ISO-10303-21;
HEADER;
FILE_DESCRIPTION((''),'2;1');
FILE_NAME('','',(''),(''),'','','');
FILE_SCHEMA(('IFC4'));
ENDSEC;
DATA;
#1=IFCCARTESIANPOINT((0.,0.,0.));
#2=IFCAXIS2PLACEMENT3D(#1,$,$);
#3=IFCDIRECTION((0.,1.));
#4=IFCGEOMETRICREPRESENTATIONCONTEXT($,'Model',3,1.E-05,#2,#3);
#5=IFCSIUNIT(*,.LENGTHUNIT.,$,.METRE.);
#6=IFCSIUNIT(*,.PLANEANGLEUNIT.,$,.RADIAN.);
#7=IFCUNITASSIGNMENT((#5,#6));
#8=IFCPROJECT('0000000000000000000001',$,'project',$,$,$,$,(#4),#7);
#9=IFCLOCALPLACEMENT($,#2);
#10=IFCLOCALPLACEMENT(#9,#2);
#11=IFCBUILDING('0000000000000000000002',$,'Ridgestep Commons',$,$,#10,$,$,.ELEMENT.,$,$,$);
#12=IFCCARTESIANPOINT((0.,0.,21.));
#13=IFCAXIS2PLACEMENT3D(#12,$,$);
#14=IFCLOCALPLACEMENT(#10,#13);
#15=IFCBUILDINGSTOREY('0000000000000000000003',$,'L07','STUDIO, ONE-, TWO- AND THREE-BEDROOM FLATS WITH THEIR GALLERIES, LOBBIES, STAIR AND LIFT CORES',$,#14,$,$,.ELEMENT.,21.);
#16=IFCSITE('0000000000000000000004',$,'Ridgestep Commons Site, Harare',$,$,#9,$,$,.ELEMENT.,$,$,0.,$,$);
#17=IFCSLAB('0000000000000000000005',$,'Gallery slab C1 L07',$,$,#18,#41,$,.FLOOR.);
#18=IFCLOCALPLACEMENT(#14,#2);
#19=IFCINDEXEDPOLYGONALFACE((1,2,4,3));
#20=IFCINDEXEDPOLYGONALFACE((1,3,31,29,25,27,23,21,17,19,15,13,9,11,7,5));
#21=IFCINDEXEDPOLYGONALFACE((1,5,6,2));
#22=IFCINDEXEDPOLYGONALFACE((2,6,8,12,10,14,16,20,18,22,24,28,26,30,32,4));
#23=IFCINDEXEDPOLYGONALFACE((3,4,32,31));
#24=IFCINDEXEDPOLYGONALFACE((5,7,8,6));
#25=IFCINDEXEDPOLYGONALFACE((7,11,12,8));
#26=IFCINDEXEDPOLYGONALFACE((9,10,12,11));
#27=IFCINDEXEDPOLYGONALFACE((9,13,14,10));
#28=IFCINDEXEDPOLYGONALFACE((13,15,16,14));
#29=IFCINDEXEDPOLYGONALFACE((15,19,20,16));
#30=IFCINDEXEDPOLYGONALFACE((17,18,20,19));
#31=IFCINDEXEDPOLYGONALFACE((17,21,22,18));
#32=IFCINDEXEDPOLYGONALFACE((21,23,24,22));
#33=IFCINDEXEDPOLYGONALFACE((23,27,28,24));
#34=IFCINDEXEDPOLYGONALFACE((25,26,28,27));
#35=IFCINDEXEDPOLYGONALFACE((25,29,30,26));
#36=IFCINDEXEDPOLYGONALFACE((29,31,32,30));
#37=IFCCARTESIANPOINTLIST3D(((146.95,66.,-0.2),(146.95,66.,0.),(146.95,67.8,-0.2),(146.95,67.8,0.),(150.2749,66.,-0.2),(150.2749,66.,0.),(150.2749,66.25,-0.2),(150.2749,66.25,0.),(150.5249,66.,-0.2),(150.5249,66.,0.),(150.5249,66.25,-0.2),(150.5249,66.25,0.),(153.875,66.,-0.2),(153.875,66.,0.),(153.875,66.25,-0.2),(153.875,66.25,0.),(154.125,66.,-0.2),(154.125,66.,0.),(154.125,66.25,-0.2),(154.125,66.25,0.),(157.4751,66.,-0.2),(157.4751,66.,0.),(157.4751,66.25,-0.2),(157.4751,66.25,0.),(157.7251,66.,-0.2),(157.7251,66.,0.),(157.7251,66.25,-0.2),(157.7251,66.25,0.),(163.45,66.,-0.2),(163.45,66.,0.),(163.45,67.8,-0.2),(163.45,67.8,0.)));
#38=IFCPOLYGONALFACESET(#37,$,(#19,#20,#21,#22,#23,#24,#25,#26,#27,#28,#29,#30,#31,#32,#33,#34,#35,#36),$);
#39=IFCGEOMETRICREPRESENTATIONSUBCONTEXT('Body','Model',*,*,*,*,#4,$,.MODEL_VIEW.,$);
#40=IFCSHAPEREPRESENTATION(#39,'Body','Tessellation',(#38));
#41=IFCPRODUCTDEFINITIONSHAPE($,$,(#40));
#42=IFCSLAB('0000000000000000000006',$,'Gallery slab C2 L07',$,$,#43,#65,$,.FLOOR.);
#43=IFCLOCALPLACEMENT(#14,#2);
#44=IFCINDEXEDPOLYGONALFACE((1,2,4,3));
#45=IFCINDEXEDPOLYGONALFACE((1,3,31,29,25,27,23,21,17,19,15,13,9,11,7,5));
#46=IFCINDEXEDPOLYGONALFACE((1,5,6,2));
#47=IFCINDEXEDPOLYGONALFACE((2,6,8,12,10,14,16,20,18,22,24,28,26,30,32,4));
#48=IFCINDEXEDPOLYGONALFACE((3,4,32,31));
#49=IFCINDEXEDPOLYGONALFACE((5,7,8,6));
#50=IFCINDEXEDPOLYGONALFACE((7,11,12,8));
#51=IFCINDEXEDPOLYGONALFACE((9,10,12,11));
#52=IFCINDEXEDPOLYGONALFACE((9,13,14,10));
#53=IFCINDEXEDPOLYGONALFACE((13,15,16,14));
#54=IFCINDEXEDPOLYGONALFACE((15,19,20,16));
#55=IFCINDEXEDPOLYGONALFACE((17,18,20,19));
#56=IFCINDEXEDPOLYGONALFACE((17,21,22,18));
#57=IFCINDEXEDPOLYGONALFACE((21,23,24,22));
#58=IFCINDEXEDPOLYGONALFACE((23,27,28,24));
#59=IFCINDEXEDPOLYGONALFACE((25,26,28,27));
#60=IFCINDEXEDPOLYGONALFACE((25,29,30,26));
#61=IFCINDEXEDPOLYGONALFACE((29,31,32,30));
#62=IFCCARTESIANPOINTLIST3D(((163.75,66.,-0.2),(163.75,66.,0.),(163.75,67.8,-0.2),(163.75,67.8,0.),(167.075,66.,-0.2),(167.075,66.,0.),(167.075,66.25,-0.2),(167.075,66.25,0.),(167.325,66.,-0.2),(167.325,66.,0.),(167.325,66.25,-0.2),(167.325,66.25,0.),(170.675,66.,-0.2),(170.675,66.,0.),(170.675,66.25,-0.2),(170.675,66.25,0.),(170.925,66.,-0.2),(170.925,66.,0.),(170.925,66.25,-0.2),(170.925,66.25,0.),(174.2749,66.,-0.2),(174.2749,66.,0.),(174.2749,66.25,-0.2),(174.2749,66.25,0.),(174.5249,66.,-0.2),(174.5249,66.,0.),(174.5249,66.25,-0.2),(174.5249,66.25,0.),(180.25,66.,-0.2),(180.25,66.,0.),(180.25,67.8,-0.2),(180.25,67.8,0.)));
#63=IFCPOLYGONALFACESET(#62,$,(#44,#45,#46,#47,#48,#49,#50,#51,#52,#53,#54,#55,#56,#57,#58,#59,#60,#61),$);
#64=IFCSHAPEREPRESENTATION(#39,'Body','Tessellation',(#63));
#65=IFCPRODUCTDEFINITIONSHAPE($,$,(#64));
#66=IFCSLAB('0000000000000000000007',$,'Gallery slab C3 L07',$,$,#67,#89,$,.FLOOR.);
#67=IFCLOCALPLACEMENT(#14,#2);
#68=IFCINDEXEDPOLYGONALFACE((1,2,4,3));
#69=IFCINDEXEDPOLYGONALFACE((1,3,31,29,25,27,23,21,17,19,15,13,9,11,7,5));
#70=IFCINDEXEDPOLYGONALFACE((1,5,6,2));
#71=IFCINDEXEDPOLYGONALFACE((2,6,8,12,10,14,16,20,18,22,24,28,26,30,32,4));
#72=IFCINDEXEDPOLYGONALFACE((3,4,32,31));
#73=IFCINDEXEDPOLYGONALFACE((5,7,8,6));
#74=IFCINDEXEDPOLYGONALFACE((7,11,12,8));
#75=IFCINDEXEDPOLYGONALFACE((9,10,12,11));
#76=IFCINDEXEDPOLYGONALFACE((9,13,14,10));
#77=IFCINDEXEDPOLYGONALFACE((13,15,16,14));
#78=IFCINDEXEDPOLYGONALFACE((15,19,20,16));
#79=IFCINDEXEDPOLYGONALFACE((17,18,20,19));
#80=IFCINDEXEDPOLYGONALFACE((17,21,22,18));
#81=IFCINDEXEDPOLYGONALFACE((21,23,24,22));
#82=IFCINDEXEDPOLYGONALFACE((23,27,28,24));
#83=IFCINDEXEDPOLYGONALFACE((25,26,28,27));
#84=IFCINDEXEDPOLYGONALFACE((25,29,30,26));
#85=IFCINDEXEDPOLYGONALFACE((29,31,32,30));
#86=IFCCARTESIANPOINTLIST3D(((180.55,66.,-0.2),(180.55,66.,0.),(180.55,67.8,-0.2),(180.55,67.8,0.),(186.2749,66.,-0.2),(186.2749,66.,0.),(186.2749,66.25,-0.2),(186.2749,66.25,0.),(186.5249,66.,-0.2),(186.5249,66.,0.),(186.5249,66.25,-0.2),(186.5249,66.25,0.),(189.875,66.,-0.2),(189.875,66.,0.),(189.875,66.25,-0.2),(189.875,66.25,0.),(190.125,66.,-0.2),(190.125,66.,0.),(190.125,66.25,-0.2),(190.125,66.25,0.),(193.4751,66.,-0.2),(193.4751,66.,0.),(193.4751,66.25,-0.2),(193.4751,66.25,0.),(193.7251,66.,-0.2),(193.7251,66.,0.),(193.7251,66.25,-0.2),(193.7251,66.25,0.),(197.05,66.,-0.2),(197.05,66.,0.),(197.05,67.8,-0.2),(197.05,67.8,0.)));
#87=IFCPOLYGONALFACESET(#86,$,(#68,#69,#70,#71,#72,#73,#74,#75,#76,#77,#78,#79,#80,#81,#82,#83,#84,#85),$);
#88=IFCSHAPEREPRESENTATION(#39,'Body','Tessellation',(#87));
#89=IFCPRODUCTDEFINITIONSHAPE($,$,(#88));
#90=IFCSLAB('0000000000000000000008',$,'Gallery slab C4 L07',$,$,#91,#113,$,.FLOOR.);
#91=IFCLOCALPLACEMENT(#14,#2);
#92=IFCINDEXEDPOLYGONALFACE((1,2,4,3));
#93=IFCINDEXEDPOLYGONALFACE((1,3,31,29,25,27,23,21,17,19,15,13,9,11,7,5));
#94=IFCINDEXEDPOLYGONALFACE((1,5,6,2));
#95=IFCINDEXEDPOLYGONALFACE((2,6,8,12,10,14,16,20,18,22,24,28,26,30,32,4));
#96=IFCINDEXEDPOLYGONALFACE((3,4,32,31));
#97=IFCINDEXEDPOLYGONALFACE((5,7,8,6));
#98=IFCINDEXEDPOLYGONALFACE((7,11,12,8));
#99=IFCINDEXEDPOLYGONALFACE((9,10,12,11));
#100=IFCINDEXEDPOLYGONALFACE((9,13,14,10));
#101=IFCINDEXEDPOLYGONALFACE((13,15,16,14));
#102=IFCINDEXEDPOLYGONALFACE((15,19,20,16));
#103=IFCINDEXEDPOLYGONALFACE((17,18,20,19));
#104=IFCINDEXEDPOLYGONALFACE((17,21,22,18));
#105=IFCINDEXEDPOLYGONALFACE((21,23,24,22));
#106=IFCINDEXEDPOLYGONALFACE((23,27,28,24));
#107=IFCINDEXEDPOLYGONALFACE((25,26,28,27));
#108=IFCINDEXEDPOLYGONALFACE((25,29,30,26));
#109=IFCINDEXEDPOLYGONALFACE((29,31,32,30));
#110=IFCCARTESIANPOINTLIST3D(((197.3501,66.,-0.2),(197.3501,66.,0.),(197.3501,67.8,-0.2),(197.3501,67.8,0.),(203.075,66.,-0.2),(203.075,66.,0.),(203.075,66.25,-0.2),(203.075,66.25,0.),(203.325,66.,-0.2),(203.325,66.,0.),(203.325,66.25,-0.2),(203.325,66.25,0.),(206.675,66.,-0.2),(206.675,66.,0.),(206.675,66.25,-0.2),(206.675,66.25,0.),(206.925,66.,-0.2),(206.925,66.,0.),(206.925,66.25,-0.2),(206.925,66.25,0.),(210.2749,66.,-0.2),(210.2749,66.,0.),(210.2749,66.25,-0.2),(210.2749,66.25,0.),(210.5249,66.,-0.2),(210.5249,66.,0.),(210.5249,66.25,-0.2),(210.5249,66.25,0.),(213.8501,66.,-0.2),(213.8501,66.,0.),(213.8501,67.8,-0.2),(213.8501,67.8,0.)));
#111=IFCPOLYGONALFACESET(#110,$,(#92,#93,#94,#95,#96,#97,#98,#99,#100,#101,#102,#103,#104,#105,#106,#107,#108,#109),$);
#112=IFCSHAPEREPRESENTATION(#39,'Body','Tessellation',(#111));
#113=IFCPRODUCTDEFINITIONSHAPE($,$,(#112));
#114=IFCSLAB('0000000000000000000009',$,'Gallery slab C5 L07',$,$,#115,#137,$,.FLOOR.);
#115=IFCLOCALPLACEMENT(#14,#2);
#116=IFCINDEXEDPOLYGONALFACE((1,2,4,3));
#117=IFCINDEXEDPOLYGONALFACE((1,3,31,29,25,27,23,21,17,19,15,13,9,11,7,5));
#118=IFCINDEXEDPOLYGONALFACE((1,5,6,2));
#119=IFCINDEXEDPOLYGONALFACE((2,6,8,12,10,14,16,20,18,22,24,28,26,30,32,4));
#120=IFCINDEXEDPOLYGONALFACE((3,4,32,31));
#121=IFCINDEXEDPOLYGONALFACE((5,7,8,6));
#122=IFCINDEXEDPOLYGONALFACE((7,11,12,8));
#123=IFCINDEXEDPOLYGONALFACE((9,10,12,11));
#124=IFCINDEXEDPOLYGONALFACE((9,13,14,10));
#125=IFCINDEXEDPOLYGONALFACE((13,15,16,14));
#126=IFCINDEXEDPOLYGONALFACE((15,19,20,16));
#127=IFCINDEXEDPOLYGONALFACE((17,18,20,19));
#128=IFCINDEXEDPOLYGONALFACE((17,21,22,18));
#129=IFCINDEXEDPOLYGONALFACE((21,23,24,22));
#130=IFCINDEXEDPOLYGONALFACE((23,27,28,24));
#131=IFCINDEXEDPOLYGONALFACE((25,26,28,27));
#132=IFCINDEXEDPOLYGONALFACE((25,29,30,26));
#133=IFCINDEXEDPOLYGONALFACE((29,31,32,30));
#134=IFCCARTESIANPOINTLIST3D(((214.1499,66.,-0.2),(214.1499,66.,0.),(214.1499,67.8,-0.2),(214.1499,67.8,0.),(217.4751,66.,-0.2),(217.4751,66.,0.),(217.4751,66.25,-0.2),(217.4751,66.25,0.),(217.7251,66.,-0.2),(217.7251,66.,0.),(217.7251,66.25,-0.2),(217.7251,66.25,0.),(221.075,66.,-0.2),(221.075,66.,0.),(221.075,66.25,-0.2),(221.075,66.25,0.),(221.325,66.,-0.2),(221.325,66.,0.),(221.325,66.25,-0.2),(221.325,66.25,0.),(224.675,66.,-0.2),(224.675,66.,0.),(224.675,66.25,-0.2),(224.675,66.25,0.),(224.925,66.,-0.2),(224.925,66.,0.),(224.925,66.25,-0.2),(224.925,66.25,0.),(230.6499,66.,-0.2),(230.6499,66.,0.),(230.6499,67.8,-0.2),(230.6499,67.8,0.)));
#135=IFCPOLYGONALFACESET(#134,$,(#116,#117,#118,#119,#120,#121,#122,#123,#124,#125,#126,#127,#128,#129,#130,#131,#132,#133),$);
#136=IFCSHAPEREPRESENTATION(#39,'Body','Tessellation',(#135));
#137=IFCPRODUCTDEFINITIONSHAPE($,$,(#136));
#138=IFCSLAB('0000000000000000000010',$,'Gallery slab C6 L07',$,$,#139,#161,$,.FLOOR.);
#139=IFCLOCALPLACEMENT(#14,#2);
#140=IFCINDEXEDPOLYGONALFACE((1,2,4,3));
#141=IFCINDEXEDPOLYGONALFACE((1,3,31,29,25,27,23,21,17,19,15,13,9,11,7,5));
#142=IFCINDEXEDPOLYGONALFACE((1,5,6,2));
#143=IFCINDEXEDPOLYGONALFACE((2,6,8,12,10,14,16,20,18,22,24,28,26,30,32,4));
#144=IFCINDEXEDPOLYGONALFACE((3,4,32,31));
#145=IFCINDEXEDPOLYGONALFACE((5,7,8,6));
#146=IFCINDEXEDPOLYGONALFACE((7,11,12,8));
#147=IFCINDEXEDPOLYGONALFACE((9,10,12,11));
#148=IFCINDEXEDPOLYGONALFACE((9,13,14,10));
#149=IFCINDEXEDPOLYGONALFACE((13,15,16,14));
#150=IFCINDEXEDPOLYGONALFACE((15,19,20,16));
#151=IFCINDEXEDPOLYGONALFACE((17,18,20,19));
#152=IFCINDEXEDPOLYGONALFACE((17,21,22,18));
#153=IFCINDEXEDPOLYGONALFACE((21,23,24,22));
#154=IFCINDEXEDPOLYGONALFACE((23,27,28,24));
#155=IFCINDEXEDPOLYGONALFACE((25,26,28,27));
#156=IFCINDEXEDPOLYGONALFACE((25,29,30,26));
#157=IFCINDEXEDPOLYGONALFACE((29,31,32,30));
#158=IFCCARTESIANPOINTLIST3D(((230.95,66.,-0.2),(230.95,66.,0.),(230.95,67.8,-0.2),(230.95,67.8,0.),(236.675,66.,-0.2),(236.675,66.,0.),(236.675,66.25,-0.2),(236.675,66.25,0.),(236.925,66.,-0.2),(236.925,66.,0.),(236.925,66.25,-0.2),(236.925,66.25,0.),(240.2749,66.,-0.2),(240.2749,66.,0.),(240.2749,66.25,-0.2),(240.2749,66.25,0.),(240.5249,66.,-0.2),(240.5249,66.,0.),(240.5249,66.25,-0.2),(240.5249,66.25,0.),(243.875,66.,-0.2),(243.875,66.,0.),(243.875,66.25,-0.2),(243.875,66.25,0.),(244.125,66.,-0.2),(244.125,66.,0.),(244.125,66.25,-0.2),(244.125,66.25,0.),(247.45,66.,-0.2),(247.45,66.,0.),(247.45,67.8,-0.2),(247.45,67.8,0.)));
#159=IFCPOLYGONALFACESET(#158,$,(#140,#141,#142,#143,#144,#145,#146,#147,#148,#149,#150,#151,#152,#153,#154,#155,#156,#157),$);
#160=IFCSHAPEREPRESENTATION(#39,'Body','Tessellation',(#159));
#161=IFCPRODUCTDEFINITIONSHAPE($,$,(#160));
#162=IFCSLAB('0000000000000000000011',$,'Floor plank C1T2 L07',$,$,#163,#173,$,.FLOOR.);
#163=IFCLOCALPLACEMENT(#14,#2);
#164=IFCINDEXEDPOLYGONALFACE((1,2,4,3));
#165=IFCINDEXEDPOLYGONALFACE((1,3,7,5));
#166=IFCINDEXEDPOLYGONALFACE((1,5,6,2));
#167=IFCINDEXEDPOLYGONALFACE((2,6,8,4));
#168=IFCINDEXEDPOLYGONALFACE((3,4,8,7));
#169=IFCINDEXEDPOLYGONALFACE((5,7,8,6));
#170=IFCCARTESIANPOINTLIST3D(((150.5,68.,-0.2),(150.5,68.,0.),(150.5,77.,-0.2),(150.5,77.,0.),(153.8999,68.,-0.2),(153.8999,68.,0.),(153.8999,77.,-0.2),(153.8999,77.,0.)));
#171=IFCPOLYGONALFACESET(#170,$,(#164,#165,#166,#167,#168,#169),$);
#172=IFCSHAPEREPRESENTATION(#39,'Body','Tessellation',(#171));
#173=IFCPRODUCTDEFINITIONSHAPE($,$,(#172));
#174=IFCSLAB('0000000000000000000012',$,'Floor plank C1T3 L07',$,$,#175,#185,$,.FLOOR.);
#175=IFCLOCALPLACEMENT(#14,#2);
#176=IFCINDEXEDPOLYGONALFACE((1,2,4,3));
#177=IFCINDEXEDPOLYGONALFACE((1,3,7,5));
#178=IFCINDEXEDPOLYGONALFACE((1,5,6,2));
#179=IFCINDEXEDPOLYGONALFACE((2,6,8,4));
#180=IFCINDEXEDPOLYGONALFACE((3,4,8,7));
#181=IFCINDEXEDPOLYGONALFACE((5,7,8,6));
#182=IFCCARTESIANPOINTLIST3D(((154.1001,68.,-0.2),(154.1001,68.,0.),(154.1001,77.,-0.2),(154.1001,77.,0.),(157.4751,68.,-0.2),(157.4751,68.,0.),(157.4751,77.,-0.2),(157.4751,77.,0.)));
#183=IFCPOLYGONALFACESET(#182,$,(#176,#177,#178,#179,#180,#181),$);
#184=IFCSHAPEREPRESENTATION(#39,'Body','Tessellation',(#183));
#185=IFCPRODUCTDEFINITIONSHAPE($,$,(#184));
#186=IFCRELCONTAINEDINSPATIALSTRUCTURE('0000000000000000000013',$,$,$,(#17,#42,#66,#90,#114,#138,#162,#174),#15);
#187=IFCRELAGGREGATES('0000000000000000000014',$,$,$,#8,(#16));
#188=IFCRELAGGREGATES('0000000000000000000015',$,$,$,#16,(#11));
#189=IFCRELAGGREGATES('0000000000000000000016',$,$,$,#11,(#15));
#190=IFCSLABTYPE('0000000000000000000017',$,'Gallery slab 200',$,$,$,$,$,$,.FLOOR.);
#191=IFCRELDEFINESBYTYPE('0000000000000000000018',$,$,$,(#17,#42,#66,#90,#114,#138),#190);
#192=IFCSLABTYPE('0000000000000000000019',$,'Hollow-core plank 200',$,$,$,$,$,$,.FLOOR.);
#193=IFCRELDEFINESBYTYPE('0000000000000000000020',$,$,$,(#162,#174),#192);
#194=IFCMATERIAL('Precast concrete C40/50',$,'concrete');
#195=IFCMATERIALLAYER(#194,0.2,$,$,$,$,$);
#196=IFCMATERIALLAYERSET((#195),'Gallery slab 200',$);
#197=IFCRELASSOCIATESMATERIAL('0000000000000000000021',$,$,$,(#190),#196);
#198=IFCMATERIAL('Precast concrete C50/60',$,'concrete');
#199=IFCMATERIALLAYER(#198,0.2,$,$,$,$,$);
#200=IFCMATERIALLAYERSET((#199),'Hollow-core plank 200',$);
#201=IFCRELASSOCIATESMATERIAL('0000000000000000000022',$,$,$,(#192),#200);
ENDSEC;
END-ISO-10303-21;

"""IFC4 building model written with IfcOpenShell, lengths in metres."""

from ifc_helpers import new_model, si_unit, direction, frame, origin, place, context, subcontext, project, spatial, polyline, outline, extrude, material, layer, layer_set, type_object, element, save


model = new_model("IFC4")

# Units and contexts
model_context = context("Model", 3, precision=1e-05, world=origin(), true_north=direction((0.0, 1.0)))
body_context = subcontext(model_context, "Body", "Model", "MODEL_VIEW")
ifc_project = project(units=[si_unit("LENGTHUNIT", "METRE"), si_unit("PLANEANGLEUNIT", "RADIAN")], contexts=[model_context])

# Site, building, storey
site_placement = place(None, origin())
site = spatial("IfcSite", under=ifc_project, at=site_placement, Name="Ridgestep Commons Site, Harare", CompositionType="ELEMENT", RefElevation=0.0)
building_placement = place(site_placement, origin())
building = spatial("IfcBuilding", under=site, at=building_placement, Name="Ridgestep Commons", CompositionType="ELEMENT")
storey_placement = place(building_placement, frame((0.0, 0.0, 21.0)))
storey = spatial("IfcBuildingStorey", under=building, at=storey_placement, Name="L07", Description="STUDIO, ONE-, TWO- AND THREE-BEDROOM FLATS WITH THEIR GALLERIES, LOBBIES, STAIR AND LIFT CORES", CompositionType="ELEMENT", Elevation=21.0)

# Slabs
ifc_material_1 = material(Name="Precast concrete C40/50", Category="concrete")
ifc_layer_1 = layer(ifc_material_1, 0.2)
ifc_layer_set_1 = layer_set([ifc_layer_1], Name="Gallery slab 200")
slab_type_1 = type_object("IfcSlabType", Name="Gallery slab 200", PredefinedType="FLOOR", material=ifc_layer_set_1)
slab_1_placement = place(storey_placement, frame((0.0, 0.0, -0.2)))
element("IfcSlab", 1, at=slab_1_placement, inside=storey, type_object=slab_type_1, Name="Gallery slab C1 L07", PredefinedType="FLOOR", context=body_context, shape_type="SweptSolid", body=[
    extrude(outline(polyline([(163.45, 67.8), (146.95, 67.8), (146.95, 66.0), (150.2749, 66.0), (150.2749, 66.25), (150.5249, 66.25), (150.5249, 66.0), (153.875, 66.0), (153.875, 66.25), (154.125, 66.25), (154.125, 66.0), (157.4751, 66.0), (157.4751, 66.25), (157.7251, 66.25), (157.7251, 66.0), (163.45, 66.0), (163.45, 67.8)])), origin(), (0.0, 0.0, 1.0), 0.2),
])
slab_2_placement = place(storey_placement, frame((0.0, 0.0, -0.2)))
element("IfcSlab", 2, at=slab_2_placement, inside=storey, type_object=slab_type_1, Name="Gallery slab C2 L07", PredefinedType="FLOOR", context=body_context, shape_type="SweptSolid", body=[
    extrude(outline(polyline([(180.25, 67.8), (163.75, 67.8), (163.75, 66.0), (167.075, 66.0), (167.075, 66.25), (167.325, 66.25), (167.325, 66.0), (170.675, 66.0), (170.675, 66.25), (170.925, 66.25), (170.925, 66.0), (174.2749, 66.0), (174.2749, 66.25), (174.5249, 66.25), (174.5249, 66.0), (180.25, 66.0), (180.25, 67.8)])), origin(), (0.0, 0.0, 1.0), 0.2),
])
slab_3_placement = place(storey_placement, frame((0.0, 0.0, -0.2)))
element("IfcSlab", 3, at=slab_3_placement, inside=storey, type_object=slab_type_1, Name="Gallery slab C3 L07", PredefinedType="FLOOR", context=body_context, shape_type="SweptSolid", body=[
    extrude(outline(polyline([(197.05, 67.8), (180.55, 67.8), (180.55, 66.0), (186.2749, 66.0), (186.2749, 66.25), (186.5249, 66.25), (186.5249, 66.0), (189.875, 66.0), (189.875, 66.25), (190.125, 66.25), (190.125, 66.0), (193.4751, 66.0), (193.4751, 66.25), (193.7251, 66.25), (193.7251, 66.0), (197.05, 66.0), (197.05, 67.8)])), origin(), (0.0, 0.0, 1.0), 0.2),
])
slab_4_placement = place(storey_placement, frame((0.0, 0.0, -0.2)))
element("IfcSlab", 4, at=slab_4_placement, inside=storey, type_object=slab_type_1, Name="Gallery slab C4 L07", PredefinedType="FLOOR", context=body_context, shape_type="SweptSolid", body=[
    extrude(outline(polyline([(213.8501, 67.8), (197.3501, 67.8), (197.3501, 66.0), (203.075, 66.0), (203.075, 66.25), (203.325, 66.25), (203.325, 66.0), (206.675, 66.0), (206.675, 66.25), (206.925, 66.25), (206.925, 66.0), (210.2749, 66.0), (210.2749, 66.25), (210.5249, 66.25), (210.5249, 66.0), (213.8501, 66.0), (213.8501, 67.8)])), origin(), (0.0, 0.0, 1.0), 0.2),
])
slab_5_placement = place(storey_placement, frame((0.0, 0.0, -0.2)))
element("IfcSlab", 5, at=slab_5_placement, inside=storey, type_object=slab_type_1, Name="Gallery slab C5 L07", PredefinedType="FLOOR", context=body_context, shape_type="SweptSolid", body=[
    extrude(outline(polyline([(230.6499, 67.8), (214.1499, 67.8), (214.1499, 66.0), (217.4751, 66.0), (217.4751, 66.25), (217.7251, 66.25), (217.7251, 66.0), (221.075, 66.0), (221.075, 66.25), (221.325, 66.25), (221.325, 66.0), (224.675, 66.0), (224.675, 66.25), (224.925, 66.25), (224.925, 66.0), (230.6499, 66.0), (230.6499, 67.8)])), origin(), (0.0, 0.0, 1.0), 0.2),
])
slab_6_placement = place(storey_placement, frame((0.0, 0.0, -0.2)))
element("IfcSlab", 6, at=slab_6_placement, inside=storey, type_object=slab_type_1, Name="Gallery slab C6 L07", PredefinedType="FLOOR", context=body_context, shape_type="SweptSolid", body=[
    extrude(outline(polyline([(247.45, 67.8), (230.95, 67.8), (230.95, 66.0), (236.675, 66.0), (236.675, 66.25), (236.925, 66.25), (236.925, 66.0), (240.2749, 66.0), (240.2749, 66.25), (240.5249, 66.25), (240.5249, 66.0), (243.875, 66.0), (243.875, 66.25), (244.125, 66.25), (244.125, 66.0), (247.45, 66.0), (247.45, 67.8)])), origin(), (0.0, 0.0, 1.0), 0.2),
])
ifc_material_2 = material(Name="Precast concrete C50/60", Category="concrete")
ifc_layer_2 = layer(ifc_material_2, 0.2)
ifc_layer_set_2 = layer_set([ifc_layer_2], Name="Hollow-core plank 200")
slab_type_2 = type_object("IfcSlabType", Name="Hollow-core plank 200", PredefinedType="FLOOR", material=ifc_layer_set_2)
slab_7_placement = place(storey_placement, frame((0.0, 0.0, -0.2)))
element("IfcSlab", 7, at=slab_7_placement, inside=storey, type_object=slab_type_2, Name="Floor plank C1T2 L07", PredefinedType="FLOOR", context=body_context, shape_type="SweptSolid", body=[
    extrude(outline(polyline([(153.8999, 68.0), (153.8999, 77.0), (150.5, 77.0), (150.5, 68.0), (153.8999, 68.0)])), origin(), (0.0, 0.0, 1.0), 0.2),
])
slab_8_placement = place(storey_placement, frame((0.0, 0.0, -0.2)))
element("IfcSlab", 8, at=slab_8_placement, inside=storey, type_object=slab_type_2, Name="Floor plank C1T3 L07", PredefinedType="FLOOR", context=body_context, shape_type="SweptSolid", body=[
    extrude(outline(polyline([(157.4751, 68.0), (157.4751, 77.0), (154.1001, 77.0), (154.1001, 68.0), (157.4751, 68.0)])), origin(), (0.0, 0.0, 1.0), 0.2),
])

save(model, "model.ifc")
